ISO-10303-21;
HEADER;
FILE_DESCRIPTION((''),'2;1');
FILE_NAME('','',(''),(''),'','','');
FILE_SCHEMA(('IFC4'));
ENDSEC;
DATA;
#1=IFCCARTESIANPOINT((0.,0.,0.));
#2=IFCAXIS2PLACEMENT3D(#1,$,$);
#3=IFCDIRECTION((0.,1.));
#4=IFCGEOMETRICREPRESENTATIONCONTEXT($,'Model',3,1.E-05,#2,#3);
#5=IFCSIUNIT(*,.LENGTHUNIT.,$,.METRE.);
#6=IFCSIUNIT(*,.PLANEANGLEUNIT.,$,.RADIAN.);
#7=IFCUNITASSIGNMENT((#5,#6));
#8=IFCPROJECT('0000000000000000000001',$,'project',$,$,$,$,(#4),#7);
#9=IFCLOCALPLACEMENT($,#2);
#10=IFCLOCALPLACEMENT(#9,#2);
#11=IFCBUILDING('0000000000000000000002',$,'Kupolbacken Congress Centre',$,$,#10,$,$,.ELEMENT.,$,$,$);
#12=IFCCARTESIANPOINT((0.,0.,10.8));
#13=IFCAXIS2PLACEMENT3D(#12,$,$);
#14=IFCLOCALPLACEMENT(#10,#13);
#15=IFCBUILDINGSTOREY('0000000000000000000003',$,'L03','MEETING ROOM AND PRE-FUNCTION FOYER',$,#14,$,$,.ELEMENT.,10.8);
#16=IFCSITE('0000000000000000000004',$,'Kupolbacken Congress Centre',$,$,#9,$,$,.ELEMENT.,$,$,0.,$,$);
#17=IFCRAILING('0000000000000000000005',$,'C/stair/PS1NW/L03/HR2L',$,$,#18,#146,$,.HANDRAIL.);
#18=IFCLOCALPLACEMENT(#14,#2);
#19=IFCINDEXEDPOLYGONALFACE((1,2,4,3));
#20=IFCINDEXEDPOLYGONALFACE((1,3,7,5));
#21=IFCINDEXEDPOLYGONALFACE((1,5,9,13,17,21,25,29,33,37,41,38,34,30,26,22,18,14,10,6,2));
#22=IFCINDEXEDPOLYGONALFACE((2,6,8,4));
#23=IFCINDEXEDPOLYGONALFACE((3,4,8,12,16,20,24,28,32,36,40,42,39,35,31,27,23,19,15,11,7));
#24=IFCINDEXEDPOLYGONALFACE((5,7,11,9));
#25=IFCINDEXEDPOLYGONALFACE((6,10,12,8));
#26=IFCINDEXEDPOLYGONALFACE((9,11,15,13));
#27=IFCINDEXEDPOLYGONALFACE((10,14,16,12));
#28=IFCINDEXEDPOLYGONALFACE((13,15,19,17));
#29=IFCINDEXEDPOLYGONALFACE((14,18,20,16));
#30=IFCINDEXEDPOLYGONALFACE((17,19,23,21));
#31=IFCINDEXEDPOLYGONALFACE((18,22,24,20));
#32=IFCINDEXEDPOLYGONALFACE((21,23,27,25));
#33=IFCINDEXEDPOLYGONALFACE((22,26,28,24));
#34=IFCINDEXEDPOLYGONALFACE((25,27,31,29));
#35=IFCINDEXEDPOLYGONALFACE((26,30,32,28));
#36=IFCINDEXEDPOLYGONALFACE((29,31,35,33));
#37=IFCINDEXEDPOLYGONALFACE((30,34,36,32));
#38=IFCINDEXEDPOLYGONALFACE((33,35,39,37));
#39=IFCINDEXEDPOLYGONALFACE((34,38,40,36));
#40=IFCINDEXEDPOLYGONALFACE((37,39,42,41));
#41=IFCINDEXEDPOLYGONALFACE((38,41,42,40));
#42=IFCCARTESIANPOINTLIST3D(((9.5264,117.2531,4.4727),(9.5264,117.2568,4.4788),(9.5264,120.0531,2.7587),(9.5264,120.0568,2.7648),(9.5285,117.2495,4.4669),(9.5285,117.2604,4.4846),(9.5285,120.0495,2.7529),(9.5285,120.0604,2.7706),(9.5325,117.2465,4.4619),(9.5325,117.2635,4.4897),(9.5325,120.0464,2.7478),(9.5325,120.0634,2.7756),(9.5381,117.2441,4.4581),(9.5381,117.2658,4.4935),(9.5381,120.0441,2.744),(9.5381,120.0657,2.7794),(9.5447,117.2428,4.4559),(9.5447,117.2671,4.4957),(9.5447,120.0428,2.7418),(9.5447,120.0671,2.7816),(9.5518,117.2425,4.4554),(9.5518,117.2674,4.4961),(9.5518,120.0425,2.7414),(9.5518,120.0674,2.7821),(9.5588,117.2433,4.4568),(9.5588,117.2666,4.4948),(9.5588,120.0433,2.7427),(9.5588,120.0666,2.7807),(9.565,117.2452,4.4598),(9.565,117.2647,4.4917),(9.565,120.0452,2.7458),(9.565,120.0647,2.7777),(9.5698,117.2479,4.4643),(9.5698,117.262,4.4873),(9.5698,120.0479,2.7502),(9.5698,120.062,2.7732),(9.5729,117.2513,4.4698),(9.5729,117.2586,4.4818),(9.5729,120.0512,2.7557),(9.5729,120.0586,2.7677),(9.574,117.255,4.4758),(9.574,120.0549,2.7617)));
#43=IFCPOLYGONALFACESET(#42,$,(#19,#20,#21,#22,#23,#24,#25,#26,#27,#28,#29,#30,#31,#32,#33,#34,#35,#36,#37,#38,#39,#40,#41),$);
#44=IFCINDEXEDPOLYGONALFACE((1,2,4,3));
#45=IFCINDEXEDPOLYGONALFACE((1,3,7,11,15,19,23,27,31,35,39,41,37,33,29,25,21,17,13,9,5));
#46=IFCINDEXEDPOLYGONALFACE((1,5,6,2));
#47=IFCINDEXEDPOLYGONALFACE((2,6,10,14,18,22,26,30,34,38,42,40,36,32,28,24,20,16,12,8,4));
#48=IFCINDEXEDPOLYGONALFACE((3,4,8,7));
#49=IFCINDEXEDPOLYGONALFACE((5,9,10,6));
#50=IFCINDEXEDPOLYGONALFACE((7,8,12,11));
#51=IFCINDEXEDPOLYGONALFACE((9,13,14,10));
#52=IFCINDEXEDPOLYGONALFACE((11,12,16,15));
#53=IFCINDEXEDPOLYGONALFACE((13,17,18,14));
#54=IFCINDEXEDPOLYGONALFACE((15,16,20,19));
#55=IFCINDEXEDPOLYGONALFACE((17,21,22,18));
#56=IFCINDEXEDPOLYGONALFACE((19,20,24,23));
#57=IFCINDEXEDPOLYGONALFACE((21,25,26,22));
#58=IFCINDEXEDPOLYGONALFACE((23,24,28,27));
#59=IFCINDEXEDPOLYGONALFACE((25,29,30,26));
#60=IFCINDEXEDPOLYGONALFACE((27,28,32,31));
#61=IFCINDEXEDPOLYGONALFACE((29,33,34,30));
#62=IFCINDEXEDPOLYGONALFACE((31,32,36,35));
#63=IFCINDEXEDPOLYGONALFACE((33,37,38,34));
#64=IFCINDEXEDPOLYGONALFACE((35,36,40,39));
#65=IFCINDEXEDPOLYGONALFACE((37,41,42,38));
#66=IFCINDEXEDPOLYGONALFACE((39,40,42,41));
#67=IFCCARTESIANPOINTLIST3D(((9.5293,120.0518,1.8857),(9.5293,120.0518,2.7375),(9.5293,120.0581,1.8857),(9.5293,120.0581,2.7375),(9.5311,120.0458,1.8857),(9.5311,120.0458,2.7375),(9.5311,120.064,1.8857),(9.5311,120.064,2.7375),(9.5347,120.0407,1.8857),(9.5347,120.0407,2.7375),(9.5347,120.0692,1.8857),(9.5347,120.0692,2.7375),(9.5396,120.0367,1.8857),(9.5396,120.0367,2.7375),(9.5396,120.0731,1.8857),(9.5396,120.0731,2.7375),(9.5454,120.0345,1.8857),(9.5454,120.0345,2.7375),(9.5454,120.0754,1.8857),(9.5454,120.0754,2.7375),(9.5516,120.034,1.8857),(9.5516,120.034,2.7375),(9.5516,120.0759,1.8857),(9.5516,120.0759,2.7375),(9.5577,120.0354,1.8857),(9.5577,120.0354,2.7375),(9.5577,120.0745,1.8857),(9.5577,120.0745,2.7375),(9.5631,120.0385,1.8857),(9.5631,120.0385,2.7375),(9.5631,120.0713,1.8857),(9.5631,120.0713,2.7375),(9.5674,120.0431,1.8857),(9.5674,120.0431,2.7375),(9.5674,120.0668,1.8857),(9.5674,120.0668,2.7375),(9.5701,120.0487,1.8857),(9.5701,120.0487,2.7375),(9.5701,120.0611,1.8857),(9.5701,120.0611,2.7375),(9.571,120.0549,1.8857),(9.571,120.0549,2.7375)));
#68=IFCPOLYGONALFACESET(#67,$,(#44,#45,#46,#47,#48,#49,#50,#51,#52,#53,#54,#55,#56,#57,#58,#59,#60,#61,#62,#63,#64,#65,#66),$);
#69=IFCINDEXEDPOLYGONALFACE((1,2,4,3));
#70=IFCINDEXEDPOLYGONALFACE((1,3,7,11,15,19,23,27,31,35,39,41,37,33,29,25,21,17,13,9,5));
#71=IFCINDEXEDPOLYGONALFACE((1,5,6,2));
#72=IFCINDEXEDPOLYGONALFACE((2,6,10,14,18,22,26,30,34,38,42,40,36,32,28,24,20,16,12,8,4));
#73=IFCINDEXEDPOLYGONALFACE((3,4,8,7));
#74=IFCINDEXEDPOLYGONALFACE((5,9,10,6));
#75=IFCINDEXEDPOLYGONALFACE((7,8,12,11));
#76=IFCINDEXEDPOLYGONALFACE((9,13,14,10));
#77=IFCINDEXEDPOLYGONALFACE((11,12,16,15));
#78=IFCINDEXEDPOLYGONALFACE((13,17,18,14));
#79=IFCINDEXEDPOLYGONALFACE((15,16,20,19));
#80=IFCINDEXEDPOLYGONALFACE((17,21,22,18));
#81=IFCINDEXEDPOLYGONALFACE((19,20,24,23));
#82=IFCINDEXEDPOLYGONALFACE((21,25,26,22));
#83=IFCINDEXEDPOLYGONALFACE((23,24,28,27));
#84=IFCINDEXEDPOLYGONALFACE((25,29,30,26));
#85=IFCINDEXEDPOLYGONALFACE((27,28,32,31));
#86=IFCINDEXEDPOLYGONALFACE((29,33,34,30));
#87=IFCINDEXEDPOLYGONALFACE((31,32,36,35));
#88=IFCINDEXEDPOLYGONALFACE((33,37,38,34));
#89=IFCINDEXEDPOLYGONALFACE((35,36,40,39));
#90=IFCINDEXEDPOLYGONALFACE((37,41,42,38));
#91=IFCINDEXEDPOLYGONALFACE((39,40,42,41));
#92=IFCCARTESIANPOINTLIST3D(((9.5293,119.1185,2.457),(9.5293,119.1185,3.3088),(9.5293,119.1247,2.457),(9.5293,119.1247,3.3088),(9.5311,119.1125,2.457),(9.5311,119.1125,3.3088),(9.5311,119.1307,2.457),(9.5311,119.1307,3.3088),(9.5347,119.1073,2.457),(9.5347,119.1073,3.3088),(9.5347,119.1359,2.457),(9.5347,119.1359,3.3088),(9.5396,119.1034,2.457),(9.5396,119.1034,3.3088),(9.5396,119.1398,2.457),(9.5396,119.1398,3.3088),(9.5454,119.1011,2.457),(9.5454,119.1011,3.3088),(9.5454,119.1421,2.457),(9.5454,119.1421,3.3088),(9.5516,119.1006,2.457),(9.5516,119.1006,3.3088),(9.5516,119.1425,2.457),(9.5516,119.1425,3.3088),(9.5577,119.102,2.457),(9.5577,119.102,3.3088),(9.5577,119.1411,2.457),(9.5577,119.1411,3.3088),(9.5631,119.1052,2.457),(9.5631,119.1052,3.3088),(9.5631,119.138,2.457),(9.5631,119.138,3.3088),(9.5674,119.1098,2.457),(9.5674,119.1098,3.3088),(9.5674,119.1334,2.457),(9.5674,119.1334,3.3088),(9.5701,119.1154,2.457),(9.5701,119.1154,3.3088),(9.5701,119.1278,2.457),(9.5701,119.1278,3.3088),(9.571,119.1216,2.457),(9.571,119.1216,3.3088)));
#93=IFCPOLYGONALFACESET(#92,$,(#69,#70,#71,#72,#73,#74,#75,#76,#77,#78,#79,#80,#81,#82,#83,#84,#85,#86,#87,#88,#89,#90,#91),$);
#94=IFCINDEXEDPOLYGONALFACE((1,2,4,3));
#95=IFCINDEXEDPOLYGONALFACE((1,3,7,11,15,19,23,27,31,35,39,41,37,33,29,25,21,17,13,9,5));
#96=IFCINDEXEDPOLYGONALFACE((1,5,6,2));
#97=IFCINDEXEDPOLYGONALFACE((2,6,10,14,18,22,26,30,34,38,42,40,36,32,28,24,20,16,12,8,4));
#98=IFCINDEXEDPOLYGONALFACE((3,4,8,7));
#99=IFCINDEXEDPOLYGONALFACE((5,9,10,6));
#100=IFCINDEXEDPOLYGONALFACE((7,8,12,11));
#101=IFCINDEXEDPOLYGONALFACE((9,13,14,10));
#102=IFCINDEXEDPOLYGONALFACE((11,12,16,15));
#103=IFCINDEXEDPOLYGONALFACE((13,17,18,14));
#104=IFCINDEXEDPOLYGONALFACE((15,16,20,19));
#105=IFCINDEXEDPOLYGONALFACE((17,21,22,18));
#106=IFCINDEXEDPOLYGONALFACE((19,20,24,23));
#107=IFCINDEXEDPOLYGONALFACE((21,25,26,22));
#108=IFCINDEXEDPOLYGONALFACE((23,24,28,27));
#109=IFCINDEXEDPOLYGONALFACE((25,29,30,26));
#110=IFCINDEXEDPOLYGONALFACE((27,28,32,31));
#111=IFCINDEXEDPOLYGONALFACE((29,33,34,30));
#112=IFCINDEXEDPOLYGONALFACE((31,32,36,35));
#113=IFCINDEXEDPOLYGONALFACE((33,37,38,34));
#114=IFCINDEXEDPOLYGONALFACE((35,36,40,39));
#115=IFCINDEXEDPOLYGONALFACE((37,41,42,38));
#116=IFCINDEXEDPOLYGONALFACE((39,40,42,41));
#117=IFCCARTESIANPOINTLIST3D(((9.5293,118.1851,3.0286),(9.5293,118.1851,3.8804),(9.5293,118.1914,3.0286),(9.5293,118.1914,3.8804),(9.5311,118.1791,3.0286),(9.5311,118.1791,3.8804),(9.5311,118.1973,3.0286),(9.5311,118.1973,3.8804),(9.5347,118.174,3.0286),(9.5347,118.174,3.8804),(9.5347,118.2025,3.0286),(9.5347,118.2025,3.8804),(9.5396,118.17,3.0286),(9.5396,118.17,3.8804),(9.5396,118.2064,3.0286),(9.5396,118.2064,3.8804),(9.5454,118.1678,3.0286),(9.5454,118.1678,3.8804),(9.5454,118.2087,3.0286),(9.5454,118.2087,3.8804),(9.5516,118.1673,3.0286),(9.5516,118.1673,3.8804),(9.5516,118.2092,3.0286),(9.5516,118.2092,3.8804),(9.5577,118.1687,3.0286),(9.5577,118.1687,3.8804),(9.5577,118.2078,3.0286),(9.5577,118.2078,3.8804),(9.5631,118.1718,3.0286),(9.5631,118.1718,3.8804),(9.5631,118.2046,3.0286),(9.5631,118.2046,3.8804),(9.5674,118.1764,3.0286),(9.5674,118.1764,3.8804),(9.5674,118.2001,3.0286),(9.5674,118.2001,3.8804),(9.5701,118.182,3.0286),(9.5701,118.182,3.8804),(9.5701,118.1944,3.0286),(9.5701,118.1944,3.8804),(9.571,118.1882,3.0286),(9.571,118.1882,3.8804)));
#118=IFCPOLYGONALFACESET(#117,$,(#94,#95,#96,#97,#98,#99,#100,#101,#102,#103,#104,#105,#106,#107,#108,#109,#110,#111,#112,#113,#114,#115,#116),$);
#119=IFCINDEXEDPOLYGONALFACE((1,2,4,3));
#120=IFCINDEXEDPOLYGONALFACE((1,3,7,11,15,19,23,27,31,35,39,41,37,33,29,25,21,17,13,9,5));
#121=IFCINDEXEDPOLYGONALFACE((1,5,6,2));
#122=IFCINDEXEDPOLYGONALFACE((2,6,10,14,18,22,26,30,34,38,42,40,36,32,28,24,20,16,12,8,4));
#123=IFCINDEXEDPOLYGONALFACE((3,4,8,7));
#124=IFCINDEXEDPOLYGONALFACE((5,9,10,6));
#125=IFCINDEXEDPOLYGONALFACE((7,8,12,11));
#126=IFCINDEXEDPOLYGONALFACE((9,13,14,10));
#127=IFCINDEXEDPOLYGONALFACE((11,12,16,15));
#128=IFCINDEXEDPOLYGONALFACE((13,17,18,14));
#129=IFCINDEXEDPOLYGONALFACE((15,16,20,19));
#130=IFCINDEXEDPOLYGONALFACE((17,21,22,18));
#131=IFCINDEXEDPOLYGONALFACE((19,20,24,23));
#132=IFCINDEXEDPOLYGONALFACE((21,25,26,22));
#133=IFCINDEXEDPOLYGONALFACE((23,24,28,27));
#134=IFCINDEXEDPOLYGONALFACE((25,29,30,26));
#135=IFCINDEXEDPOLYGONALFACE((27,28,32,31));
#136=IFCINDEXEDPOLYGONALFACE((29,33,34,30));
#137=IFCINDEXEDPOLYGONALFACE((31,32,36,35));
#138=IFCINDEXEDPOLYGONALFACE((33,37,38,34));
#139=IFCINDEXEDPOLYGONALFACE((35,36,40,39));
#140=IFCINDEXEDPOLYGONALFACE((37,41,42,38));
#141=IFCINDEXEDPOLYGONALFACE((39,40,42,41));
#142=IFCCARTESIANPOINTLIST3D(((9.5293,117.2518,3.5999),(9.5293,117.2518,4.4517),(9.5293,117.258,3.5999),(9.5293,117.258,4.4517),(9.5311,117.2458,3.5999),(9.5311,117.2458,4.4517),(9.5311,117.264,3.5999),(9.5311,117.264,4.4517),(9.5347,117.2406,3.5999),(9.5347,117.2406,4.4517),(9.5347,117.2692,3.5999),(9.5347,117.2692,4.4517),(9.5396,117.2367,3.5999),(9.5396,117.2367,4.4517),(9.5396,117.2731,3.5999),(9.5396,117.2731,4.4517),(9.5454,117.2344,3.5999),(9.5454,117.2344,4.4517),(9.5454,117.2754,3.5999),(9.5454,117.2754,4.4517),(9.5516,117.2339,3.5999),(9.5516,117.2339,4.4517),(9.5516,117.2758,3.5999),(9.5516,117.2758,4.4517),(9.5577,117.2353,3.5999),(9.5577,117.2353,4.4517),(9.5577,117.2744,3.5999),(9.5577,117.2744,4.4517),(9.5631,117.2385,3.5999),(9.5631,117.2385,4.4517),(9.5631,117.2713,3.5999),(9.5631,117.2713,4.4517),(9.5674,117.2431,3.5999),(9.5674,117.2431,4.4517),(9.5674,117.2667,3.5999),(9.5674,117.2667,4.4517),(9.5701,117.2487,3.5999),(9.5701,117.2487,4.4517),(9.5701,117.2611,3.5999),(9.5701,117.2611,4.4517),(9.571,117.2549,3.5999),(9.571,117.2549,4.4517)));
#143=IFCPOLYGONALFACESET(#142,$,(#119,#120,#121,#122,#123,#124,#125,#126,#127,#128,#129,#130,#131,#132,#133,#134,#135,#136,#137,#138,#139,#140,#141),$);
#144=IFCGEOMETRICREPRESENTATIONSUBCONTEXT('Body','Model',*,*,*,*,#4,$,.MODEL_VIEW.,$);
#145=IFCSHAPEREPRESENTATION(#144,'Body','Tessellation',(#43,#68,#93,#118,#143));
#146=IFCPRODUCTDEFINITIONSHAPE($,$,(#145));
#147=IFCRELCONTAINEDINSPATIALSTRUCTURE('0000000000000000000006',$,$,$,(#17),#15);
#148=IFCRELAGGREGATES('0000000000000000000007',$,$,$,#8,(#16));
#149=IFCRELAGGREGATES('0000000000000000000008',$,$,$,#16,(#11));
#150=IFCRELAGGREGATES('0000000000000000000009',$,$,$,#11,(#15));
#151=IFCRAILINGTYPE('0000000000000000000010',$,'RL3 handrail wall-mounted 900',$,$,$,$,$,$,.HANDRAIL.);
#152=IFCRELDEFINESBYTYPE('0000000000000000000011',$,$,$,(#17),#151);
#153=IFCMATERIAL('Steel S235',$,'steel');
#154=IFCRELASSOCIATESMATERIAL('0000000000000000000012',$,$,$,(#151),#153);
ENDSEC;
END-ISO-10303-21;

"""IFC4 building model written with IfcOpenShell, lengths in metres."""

from ifc_helpers import new_model, si_unit, direction, frame, origin, origin_2d, place, context, subcontext, project, spatial, circle, extrude, material, type_object, element, save


model = new_model("IFC4")

# Units and contexts
model_context = context("Model", 3, precision=1e-05, world=origin(), true_north=direction((0.0, 1.0)))
body_context = subcontext(model_context, "Body", "Model", "MODEL_VIEW")
ifc_project = project(units=[si_unit("LENGTHUNIT", "METRE"), si_unit("PLANEANGLEUNIT", "RADIAN")], contexts=[model_context])

# Site, building, storey
site_placement = place(None, origin())
site = spatial("IfcSite", under=ifc_project, at=site_placement, Name="Kupolbacken Congress Centre", CompositionType="ELEMENT", RefElevation=0.0)
building_placement = place(site_placement, origin())
building = spatial("IfcBuilding", under=site, at=building_placement, Name="Kupolbacken Congress Centre", CompositionType="ELEMENT")
storey_placement = place(building_placement, frame((0.0, 0.0, 10.8)))
storey = spatial("IfcBuildingStorey", under=building, at=storey_placement, Name="L03", Description="MEETING ROOM AND PRE-FUNCTION FOYER", CompositionType="ELEMENT", Elevation=10.8)

# Railing
ifc_material_1 = material(Name="Steel S235", Category="steel")
railing_type = type_object("IfcRailingType", Name="RL3 handrail wall-mounted 900", PredefinedType="HANDRAIL", material=ifc_material_1)
for number, where, name in (
    (1, (9.55, 120.0549, 1.8857), "C/stair/PS1NW/L03/HR2L"),
):
    element("IfcRailing", number, at=place(storey_placement, frame(where)), inside=storey, type_object=railing_type, Name=name, PredefinedType="HANDRAIL", context=body_context, shape_type="SweptSolid", body=[
        extrude(circle(Radius=0.0239, at=origin_2d()), frame((0.0, 0.0, 0.876), z_axis=(0.0, -0.852879, 0.522109), x_axis=(1.0, 0.0, 0.0)), (0.0, 0.0, 1.0), 3.283),
        extrude(circle(Radius=0.021, at=origin_2d()), origin(), (0.0, 0.0, 1.0), 0.8518),
        extrude(circle(Radius=0.021, at=origin_2d()), frame((0.0, -0.9333, 0.5713)), (0.0, 0.0, 1.0), 0.8518),
        extrude(circle(Radius=0.021, at=origin_2d()), frame((0.0, -1.8667, 1.1428)), (0.0, 0.0, 1.0), 0.8518),
        extrude(circle(Radius=0.021, at=origin_2d()), frame((0.0, -2.8, 1.7141)), (0.0, 0.0, 1.0), 0.8518),
    ])

save(model, "model.ifc")
